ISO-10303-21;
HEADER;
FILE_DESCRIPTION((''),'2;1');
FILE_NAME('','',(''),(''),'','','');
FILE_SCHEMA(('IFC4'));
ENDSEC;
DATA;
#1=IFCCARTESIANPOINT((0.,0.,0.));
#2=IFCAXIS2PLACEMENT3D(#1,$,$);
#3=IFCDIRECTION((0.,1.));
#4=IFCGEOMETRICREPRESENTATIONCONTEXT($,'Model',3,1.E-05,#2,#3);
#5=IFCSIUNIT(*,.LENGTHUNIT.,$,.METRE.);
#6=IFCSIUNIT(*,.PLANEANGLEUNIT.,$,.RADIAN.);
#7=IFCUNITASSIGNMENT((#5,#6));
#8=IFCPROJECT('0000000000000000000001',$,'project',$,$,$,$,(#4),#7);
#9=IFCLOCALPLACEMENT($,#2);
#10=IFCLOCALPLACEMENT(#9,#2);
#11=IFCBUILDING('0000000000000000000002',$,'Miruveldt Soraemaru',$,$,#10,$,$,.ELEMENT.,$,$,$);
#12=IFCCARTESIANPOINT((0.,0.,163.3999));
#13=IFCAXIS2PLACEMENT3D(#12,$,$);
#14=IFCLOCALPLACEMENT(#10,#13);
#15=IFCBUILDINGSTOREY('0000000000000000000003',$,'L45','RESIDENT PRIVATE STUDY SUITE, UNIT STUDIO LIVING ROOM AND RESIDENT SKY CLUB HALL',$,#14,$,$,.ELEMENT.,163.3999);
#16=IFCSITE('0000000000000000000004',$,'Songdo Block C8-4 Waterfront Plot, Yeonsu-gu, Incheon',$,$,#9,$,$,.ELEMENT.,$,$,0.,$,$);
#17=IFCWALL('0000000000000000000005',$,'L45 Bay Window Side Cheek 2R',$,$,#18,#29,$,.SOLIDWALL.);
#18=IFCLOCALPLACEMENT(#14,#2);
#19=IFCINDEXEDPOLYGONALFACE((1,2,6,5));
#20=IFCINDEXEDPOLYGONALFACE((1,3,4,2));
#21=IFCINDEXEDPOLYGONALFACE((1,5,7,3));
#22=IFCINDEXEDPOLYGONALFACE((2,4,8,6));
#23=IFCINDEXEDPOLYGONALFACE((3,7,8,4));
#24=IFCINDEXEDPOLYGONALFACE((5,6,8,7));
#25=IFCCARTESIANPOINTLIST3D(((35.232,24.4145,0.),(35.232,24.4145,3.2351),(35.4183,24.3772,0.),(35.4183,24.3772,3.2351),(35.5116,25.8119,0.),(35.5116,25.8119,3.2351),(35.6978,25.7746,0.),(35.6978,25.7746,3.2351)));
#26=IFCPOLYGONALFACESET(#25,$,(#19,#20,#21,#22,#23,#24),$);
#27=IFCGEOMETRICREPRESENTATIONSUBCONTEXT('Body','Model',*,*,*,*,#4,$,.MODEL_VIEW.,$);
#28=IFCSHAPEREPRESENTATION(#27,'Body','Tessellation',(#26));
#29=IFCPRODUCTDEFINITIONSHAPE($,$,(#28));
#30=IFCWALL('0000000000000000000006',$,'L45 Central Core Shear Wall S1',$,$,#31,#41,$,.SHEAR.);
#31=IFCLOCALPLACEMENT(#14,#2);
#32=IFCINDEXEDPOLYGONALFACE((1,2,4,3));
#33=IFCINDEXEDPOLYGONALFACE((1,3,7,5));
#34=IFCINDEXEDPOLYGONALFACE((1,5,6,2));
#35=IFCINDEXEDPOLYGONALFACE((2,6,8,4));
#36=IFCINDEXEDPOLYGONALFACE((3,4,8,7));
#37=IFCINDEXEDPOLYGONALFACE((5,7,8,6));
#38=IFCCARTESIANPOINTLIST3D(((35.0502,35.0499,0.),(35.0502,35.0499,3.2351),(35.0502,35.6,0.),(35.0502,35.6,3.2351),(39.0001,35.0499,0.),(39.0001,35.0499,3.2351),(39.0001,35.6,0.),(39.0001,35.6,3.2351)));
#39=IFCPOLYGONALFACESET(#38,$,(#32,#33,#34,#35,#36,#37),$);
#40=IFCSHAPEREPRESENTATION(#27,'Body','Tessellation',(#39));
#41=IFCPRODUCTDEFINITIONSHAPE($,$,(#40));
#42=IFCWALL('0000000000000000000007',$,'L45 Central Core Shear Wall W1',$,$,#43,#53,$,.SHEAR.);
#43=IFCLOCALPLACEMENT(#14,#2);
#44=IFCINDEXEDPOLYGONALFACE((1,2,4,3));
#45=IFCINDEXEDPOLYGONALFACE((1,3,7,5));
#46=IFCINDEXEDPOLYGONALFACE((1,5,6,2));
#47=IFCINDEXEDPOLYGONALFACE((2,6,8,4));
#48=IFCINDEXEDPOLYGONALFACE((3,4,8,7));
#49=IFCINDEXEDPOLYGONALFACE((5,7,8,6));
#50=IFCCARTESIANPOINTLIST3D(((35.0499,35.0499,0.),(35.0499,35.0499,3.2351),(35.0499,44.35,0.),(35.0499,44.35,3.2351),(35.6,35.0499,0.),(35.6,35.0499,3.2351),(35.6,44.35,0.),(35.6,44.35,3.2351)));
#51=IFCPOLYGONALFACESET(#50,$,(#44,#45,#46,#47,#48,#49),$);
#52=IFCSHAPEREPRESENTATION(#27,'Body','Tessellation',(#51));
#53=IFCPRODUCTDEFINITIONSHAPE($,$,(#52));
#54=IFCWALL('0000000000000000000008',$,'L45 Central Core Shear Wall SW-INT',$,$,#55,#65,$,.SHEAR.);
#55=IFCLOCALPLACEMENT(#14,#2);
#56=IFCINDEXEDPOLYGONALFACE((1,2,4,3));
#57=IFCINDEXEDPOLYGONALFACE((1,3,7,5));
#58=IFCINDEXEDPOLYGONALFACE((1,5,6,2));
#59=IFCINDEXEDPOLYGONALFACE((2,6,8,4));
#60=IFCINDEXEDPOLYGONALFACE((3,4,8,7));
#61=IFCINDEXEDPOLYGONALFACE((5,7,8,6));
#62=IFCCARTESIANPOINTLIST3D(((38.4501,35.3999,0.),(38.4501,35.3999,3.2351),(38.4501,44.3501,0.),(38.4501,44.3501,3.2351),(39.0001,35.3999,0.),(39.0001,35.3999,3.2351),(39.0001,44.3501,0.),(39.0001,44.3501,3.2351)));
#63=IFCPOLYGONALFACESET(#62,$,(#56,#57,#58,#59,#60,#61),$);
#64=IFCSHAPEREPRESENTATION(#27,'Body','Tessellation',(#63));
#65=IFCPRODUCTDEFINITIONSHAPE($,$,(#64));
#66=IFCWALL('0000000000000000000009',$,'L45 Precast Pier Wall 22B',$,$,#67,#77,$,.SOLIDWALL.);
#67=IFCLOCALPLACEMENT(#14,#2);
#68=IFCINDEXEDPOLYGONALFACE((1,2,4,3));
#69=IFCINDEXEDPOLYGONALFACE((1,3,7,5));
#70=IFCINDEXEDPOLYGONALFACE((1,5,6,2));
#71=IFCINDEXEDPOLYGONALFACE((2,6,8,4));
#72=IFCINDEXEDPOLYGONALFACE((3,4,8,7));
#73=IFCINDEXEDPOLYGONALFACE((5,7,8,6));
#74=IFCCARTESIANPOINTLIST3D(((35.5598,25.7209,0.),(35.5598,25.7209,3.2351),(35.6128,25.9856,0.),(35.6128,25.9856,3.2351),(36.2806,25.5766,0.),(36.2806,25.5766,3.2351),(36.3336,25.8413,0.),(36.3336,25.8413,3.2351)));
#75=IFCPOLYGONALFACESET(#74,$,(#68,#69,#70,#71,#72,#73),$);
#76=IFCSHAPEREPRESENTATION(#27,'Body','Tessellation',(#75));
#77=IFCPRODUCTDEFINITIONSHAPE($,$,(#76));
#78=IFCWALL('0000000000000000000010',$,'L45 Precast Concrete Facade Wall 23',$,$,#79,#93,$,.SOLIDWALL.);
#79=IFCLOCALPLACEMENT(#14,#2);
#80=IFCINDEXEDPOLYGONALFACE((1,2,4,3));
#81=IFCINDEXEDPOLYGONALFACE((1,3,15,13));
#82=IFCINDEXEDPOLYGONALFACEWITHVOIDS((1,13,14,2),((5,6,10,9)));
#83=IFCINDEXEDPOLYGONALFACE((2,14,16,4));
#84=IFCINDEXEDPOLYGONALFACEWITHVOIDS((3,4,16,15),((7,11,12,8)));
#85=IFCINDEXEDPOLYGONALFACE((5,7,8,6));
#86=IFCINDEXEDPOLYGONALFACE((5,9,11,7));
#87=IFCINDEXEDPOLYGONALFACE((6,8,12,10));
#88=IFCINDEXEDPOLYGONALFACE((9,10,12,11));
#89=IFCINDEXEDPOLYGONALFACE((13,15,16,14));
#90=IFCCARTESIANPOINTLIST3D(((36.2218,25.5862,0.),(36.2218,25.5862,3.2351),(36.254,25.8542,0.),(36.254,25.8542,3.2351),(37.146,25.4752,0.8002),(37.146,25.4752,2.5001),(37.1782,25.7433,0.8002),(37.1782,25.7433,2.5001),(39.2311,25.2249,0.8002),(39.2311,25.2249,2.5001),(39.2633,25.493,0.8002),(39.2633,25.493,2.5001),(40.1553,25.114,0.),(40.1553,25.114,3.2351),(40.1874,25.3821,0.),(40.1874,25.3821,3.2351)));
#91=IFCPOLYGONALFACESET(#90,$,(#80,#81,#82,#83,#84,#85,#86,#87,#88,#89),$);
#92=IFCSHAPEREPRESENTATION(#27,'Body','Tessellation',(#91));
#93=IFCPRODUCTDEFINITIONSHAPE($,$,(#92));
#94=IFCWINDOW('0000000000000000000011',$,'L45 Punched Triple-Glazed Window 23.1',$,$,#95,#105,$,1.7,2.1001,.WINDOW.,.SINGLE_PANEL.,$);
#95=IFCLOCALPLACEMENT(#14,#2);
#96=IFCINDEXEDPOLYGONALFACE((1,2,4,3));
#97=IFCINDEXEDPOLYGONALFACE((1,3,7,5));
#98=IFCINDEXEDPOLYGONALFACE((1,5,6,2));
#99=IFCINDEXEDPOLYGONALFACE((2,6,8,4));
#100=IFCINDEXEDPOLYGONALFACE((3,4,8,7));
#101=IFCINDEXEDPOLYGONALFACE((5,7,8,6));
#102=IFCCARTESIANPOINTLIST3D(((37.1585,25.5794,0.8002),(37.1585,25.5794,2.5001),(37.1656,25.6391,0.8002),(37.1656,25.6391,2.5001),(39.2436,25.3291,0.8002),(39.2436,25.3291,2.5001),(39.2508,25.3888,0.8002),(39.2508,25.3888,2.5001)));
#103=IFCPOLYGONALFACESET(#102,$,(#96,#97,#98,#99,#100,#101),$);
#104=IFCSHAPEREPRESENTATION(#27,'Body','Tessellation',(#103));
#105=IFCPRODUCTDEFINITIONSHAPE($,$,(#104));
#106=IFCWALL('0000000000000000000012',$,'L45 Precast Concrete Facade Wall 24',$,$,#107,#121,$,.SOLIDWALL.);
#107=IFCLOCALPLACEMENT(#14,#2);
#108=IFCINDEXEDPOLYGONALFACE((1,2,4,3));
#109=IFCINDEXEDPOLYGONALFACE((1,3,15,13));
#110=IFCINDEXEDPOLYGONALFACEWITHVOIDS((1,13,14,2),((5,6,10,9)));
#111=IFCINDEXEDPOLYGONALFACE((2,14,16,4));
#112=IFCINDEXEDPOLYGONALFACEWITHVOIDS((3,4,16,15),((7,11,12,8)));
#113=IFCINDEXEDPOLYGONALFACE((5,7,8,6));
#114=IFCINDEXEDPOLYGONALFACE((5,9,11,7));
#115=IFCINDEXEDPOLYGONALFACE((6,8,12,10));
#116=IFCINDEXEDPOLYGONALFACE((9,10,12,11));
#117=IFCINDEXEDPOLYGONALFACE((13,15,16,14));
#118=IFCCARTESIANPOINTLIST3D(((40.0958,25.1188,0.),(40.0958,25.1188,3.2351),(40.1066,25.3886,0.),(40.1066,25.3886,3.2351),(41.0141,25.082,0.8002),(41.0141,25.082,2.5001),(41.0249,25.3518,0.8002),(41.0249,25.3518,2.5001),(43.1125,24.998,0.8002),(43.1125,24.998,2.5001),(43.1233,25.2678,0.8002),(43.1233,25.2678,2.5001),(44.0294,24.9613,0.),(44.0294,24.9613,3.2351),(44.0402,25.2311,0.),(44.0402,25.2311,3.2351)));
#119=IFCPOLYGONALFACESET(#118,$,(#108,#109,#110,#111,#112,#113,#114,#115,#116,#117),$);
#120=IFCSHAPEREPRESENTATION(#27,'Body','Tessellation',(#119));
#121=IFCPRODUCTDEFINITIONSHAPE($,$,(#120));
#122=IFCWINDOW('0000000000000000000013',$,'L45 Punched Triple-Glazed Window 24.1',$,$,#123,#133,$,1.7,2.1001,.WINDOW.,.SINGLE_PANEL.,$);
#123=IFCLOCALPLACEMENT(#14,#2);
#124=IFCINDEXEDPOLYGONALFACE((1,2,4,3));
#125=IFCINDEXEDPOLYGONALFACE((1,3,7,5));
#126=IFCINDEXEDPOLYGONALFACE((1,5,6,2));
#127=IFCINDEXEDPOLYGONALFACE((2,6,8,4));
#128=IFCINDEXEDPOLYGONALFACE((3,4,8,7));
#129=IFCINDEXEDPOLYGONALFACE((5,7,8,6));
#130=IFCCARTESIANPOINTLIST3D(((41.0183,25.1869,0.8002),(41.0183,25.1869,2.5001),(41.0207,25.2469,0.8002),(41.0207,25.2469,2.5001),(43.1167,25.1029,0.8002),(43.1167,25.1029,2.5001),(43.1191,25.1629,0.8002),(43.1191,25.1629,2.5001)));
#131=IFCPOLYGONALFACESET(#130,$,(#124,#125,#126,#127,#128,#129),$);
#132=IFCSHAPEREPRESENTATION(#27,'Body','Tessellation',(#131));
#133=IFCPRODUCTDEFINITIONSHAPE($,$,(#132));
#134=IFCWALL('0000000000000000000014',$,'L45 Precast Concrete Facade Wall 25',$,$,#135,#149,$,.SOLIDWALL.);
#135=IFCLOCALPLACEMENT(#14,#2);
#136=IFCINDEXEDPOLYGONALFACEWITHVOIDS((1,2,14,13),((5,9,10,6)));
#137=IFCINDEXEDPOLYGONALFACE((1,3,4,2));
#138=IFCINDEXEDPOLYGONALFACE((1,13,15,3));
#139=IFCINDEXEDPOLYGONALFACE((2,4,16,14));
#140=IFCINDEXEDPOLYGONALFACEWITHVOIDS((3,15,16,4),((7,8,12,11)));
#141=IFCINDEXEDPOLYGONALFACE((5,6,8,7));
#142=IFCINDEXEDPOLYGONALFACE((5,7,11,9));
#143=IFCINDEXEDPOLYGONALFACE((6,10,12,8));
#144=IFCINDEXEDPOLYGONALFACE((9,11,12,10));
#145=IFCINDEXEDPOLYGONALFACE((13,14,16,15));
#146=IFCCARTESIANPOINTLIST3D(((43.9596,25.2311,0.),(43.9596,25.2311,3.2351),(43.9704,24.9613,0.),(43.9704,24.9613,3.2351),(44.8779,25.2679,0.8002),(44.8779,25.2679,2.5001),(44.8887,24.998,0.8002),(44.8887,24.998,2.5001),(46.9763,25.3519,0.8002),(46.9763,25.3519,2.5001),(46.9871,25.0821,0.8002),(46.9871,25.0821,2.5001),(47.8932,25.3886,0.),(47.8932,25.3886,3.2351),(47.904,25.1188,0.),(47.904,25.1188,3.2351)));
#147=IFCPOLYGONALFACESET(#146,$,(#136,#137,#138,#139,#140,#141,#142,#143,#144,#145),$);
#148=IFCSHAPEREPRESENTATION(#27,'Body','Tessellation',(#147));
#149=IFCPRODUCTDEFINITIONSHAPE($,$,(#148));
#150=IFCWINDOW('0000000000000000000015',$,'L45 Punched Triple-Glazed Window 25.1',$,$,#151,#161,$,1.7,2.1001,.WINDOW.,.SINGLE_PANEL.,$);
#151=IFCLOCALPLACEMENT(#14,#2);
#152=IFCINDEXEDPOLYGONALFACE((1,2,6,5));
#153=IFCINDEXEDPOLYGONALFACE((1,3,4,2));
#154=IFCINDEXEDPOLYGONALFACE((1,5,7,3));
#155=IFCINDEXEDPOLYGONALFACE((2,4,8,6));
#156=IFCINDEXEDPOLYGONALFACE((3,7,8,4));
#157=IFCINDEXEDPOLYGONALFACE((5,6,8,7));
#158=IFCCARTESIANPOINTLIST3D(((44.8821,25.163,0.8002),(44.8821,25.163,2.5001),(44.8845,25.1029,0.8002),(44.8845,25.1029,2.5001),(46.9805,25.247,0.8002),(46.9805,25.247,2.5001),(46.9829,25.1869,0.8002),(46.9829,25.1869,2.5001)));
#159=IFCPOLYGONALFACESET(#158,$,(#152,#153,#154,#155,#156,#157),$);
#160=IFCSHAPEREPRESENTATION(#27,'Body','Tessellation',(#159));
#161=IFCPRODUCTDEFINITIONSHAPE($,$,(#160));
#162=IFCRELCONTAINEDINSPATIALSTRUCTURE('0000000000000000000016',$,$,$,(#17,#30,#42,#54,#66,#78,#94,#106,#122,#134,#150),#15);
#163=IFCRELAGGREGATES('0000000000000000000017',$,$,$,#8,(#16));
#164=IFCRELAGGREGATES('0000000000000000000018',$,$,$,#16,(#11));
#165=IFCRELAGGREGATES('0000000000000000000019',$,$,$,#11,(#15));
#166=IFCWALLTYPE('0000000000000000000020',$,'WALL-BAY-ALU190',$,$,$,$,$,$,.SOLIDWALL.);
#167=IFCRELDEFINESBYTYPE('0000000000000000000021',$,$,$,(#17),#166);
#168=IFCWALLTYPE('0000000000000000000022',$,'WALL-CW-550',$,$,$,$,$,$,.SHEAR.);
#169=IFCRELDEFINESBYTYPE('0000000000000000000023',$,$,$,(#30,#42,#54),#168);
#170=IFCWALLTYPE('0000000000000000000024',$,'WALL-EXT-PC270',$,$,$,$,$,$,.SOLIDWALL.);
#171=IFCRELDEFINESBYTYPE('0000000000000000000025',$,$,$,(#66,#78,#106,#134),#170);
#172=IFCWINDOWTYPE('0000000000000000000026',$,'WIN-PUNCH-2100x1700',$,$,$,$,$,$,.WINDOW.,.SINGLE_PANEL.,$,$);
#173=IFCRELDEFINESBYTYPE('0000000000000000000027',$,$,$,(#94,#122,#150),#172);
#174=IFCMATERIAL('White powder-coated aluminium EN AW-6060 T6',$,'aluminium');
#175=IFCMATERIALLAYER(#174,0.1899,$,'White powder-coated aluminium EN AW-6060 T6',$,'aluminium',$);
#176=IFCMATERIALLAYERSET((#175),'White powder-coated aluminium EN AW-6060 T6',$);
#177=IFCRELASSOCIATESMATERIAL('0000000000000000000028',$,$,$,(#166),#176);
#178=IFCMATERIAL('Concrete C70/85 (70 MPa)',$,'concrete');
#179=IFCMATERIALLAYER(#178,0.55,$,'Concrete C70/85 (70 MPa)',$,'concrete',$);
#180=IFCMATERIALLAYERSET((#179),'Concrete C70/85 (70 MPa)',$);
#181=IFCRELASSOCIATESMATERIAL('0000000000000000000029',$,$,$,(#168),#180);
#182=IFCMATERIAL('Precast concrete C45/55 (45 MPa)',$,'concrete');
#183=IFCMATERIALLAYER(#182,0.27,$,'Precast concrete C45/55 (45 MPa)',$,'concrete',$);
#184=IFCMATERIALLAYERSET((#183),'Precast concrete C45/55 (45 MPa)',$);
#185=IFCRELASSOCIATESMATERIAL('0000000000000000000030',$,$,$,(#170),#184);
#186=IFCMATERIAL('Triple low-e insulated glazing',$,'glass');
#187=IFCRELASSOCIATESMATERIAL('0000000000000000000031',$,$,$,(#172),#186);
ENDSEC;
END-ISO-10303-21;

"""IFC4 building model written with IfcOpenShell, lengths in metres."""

from ifc_helpers import new_model, si_unit, direction, frame, frame_2d, origin, place, context, subcontext, project, spatial, rectangle, extrude, material, layer, layer_set, type_object, element, fill, save


model = new_model("IFC4")

# Units and contexts
model_context = context("Model", 3, precision=1e-05, world=origin(), true_north=direction((0.0, 1.0)))
body_context = subcontext(model_context, "Body", "Model", "MODEL_VIEW")
ifc_project = project(units=[si_unit("LENGTHUNIT", "METRE"), si_unit("PLANEANGLEUNIT", "RADIAN")], contexts=[model_context])

# Site, building, storey
site_placement = place(None, origin())
site = spatial("IfcSite", under=ifc_project, at=site_placement, Name="Songdo Block C8-4 Waterfront Plot, Yeonsu-gu, Incheon", CompositionType="ELEMENT", RefElevation=0.0)
building_placement = place(site_placement, origin())
building = spatial("IfcBuilding", under=site, at=building_placement, Name="Miruveldt Soraemaru", CompositionType="ELEMENT")
storey_placement = place(building_placement, frame((0.0, 0.0, 163.3999)))
storey = spatial("IfcBuildingStorey", under=building, at=storey_placement, Name="L45", Description="RESIDENT PRIVATE STUDY SUITE, UNIT STUDIO LIVING ROOM AND RESIDENT SKY CLUB HALL", CompositionType="ELEMENT", Elevation=163.3999)

# Shared definitions
ifc_material_1 = material(Name="Concrete C70/85 (70 MPa)", Category="concrete")

# Walls
ifc_material_2 = material(Name="White powder-coated aluminium EN AW-6060 T6", Category="aluminium")
ifc_layer_1 = layer(ifc_material_2, 0.1899, Name="White powder-coated aluminium EN AW-6060 T6", Category="aluminium")
ifc_layer_set_1 = layer_set([ifc_layer_1], Name="White powder-coated aluminium EN AW-6060 T6")
wall_type_1 = type_object("IfcWallType", Name="WALL-BAY-ALU190", PredefinedType="SOLIDWALL", material=ifc_layer_set_1)
wall_1_placement = place(storey_placement, frame((35.3252, 24.396, 0.0), z_axis=(0.0, 0.0, 1.0), x_axis=(0.196149, 0.980574, 0.0)))
element("IfcWall", 1, at=wall_1_placement, inside=storey, type_object=wall_type_1, Name="L45 Bay Window Side Cheek 2R", PredefinedType="SOLIDWALL", context=body_context, shape_type="SweptSolid", body=[
    extrude(rectangle(XDim=1.425, YDim=0.1899, at=frame_2d((0.7124, 0.0))), origin(), (0.0, 0.0, 1.0), 3.2351),
])
ifc_layer_2 = layer(ifc_material_1, 0.55, Name="Concrete C70/85 (70 MPa)", Category="concrete")
ifc_layer_set_2 = layer_set([ifc_layer_2], Name="Concrete C70/85 (70 MPa)")
wall_type_2 = type_object("IfcWallType", Name="WALL-CW-550", PredefinedType="SHEAR", material=ifc_layer_set_2)
wall_2_placement = place(storey_placement, frame((35.05, 35.325, 0.0), z_axis=(0.0, 0.0, 1.0), x_axis=(1.0, 0.0, 0.0)))
element("IfcWall", 2, at=wall_2_placement, inside=storey, type_object=wall_type_2, Name="L45 Central Core Shear Wall S1", PredefinedType="SHEAR", context=body_context, shape_type="SweptSolid", body=[
    extrude(rectangle(XDim=3.95, YDim=0.55, at=frame_2d((1.9751, 0.0))), origin(), (0.0, 0.0, 1.0), 3.2351),
])
wall_3_placement = place(storey_placement, frame((35.325, 35.05, 0.0), z_axis=(0.0, 0.0, 1.0), x_axis=(0.0, 1.0, 0.0)))
element("IfcWall", 3, at=wall_3_placement, inside=storey, type_object=wall_type_2, Name="L45 Central Core Shear Wall W1", PredefinedType="SHEAR", context=body_context, shape_type="SweptSolid", body=[
    extrude(rectangle(XDim=9.3, YDim=0.55, at=frame_2d((4.6499, 0.0))), origin(), (0.0, 0.0, 1.0), 3.2351),
])
wall_4_placement = place(storey_placement, frame((38.7251, 35.3999, 0.0), z_axis=(0.0, 0.0, 1.0), x_axis=(0.0, 1.0, 0.0)))
element("IfcWall", 4, at=wall_4_placement, inside=storey, type_object=wall_type_2, Name="L45 Central Core Shear Wall SW-INT", PredefinedType="SHEAR", context=body_context, shape_type="SweptSolid", body=[
    extrude(rectangle(XDim=8.9502, YDim=0.55, at=frame_2d((4.4751, 0.0))), origin(), (0.0, 0.0, 1.0), 3.2351),
])
ifc_material_3 = material(Name="Precast concrete C45/55 (45 MPa)", Category="concrete")
ifc_layer_3 = layer(ifc_material_3, 0.27, Name="Precast concrete C45/55 (45 MPa)", Category="concrete")
ifc_layer_set_3 = layer_set([ifc_layer_3], Name="Precast concrete C45/55 (45 MPa)")
wall_type_3 = type_object("IfcWallType", Name="WALL-EXT-PC270", PredefinedType="SOLIDWALL", material=ifc_layer_set_3)
wall_5_placement = place(storey_placement, frame((35.5862, 25.8533, 0.0), z_axis=(0.0, 0.0, 1.0), x_axis=(0.980542, -0.196308, 0.0)))
element("IfcWall", 5, at=wall_5_placement, inside=storey, type_object=wall_type_3, Name="L45 Precast Pier Wall 22B", PredefinedType="SOLIDWALL", context=body_context, shape_type="SweptSolid", body=[
    extrude(rectangle(XDim=0.7351, YDim=0.27, at=frame_2d((0.3677, 0.0))), origin(), (0.0, 0.0, 1.0), 3.2351),
])

# Walls, openings, windows
wall_6_placement = place(storey_placement, frame((36.2378, 25.7202, 0.0), z_axis=(0.0, 0.0, 1.0), x_axis=(0.992872, -0.119187, 0.0)))
wall_6 = element("IfcWall", 6, at=wall_6_placement, inside=storey, type_object=wall_type_3, Name="L45 Precast Concrete Facade Wall 23", PredefinedType="SOLIDWALL", context=body_context, shape_type="SweptSolid", body=[
    extrude(rectangle(XDim=3.9617, YDim=0.27, at=frame_2d((1.981, 0.0))), origin(), (0.0, 0.0, 1.0), 3.2351),
])
opening_1_placement = place(wall_6_placement, frame((0.9309, 0.0, 0.8)))
opening_1 = element("IfcOpeningElement", 7, at=opening_1_placement, cuts=wall_6, PredefinedType="OPENING", context=body_context, shape_type="SweptSolid", body=[
    extrude(rectangle(XDim=2.1001, YDim=1.7, at=frame_2d((1.05, 0.8501))), frame((0.0, 0.145, 0.0), z_axis=(0.0, -1.0, 0.0), x_axis=(1.0, 0.0, 0.0)), (0.0, 0.0, 1.0), 0.29),
])
ifc_material_4 = material(Name="Triple low-e insulated glazing", Category="glass")
window_type = type_object("IfcWindowType", Name="WIN-PUNCH-2100x1700", PartitioningType="SINGLE_PANEL", PredefinedType="WINDOW", material=ifc_material_4)
window_1_placement = place(opening_1_placement, origin())
window_1 = element("IfcWindow", 8, at=window_1_placement, inside=storey, type_object=window_type, Name="L45 Punched Triple-Glazed Window 23.1", OverallHeight=1.7, OverallWidth=2.1001, PartitioningType="SINGLE_PANEL", PredefinedType="WINDOW", context=body_context, shape_type="SweptSolid", body=[
    extrude(rectangle(XDim=2.1001, YDim=1.7, at=frame_2d((1.05, 0.8501))), frame((0.0, 0.03, 0.0), z_axis=(0.0, -1.0, 0.0), x_axis=(1.0, 0.0, 0.0)), (0.0, 0.0, 1.0), 0.0601),
])
fill(opening_1, window_1)
wall_7_placement = place(storey_placement, frame((40.1013, 25.2537, 0.0), z_axis=(0.0, 0.0, 1.0), x_axis=(0.9992, -0.04, 0.0)))
wall_7 = element("IfcWall", 9, at=wall_7_placement, inside=storey, type_object=wall_type_3, Name="L45 Precast Concrete Facade Wall 24", PredefinedType="SOLIDWALL", context=body_context, shape_type="SweptSolid", body=[
    extrude(rectangle(XDim=3.9368, YDim=0.27, at=frame_2d((1.9683, 0.0))), origin(), (0.0, 0.0, 1.0), 3.2351),
])
opening_2_placement = place(wall_7_placement, frame((0.9189, 0.0, 0.8)))
opening_2 = element("IfcOpeningElement", 10, at=opening_2_placement, cuts=wall_7, PredefinedType="OPENING", context=body_context, shape_type="SweptSolid", body=[
    extrude(rectangle(XDim=2.1001, YDim=1.7, at=frame_2d((1.05, 0.8501))), frame((0.0, 0.145, 0.0), z_axis=(0.0, -1.0, 0.0), x_axis=(1.0, 0.0, 0.0)), (0.0, 0.0, 1.0), 0.29),
])
window_2_placement = place(opening_2_placement, origin())
window_2 = element("IfcWindow", 11, at=window_2_placement, inside=storey, type_object=window_type, Name="L45 Punched Triple-Glazed Window 24.1", OverallHeight=1.7, OverallWidth=2.1001, PartitioningType="SINGLE_PANEL", PredefinedType="WINDOW", context=body_context, shape_type="SweptSolid", body=[
    extrude(rectangle(XDim=2.1001, YDim=1.7, at=frame_2d((1.05, 0.8501))), frame((0.0, 0.03, 0.0), z_axis=(0.0, -1.0, 0.0), x_axis=(1.0, 0.0, 0.0)), (0.0, 0.0, 1.0), 0.0601),
])
fill(opening_2, window_2)
wall_8_placement = place(storey_placement, frame((43.9651, 25.0962, 0.0), z_axis=(0.0, 0.0, 1.0), x_axis=(0.9992, 0.04, 0.0)))
wall_8 = element("IfcWall", 12, at=wall_8_placement, inside=storey, type_object=wall_type_3, Name="L45 Precast Concrete Facade Wall 25", PredefinedType="SOLIDWALL", context=body_context, shape_type="SweptSolid", body=[
    extrude(rectangle(XDim=3.9368, YDim=0.27, at=frame_2d((1.9683, 0.0))), origin(), (0.0, 0.0, 1.0), 3.2351),
])
opening_3_placement = place(wall_8_placement, frame((0.9189, 0.0, 0.8)))
opening_3 = element("IfcOpeningElement", 13, at=opening_3_placement, cuts=wall_8, PredefinedType="OPENING", context=body_context, shape_type="SweptSolid", body=[
    extrude(rectangle(XDim=2.1001, YDim=1.7, at=frame_2d((1.05, 0.8501))), frame((0.0, 0.145, 0.0), z_axis=(0.0, -1.0, 0.0), x_axis=(1.0, 0.0, 0.0)), (0.0, 0.0, 1.0), 0.29),
])
window_3_placement = place(opening_3_placement, origin())
window_3 = element("IfcWindow", 14, at=window_3_placement, inside=storey, type_object=window_type, Name="L45 Punched Triple-Glazed Window 25.1", OverallHeight=1.7, OverallWidth=2.1001, PartitioningType="SINGLE_PANEL", PredefinedType="WINDOW", context=body_context, shape_type="SweptSolid", body=[
    extrude(rectangle(XDim=2.1001, YDim=1.7, at=frame_2d((1.05, 0.8501))), frame((0.0, 0.03, 0.0), z_axis=(0.0, -1.0, 0.0), x_axis=(1.0, 0.0, 0.0)), (0.0, 0.0, 1.0), 0.0601),
])
fill(opening_3, window_3)

save(model, "model.ifc")
